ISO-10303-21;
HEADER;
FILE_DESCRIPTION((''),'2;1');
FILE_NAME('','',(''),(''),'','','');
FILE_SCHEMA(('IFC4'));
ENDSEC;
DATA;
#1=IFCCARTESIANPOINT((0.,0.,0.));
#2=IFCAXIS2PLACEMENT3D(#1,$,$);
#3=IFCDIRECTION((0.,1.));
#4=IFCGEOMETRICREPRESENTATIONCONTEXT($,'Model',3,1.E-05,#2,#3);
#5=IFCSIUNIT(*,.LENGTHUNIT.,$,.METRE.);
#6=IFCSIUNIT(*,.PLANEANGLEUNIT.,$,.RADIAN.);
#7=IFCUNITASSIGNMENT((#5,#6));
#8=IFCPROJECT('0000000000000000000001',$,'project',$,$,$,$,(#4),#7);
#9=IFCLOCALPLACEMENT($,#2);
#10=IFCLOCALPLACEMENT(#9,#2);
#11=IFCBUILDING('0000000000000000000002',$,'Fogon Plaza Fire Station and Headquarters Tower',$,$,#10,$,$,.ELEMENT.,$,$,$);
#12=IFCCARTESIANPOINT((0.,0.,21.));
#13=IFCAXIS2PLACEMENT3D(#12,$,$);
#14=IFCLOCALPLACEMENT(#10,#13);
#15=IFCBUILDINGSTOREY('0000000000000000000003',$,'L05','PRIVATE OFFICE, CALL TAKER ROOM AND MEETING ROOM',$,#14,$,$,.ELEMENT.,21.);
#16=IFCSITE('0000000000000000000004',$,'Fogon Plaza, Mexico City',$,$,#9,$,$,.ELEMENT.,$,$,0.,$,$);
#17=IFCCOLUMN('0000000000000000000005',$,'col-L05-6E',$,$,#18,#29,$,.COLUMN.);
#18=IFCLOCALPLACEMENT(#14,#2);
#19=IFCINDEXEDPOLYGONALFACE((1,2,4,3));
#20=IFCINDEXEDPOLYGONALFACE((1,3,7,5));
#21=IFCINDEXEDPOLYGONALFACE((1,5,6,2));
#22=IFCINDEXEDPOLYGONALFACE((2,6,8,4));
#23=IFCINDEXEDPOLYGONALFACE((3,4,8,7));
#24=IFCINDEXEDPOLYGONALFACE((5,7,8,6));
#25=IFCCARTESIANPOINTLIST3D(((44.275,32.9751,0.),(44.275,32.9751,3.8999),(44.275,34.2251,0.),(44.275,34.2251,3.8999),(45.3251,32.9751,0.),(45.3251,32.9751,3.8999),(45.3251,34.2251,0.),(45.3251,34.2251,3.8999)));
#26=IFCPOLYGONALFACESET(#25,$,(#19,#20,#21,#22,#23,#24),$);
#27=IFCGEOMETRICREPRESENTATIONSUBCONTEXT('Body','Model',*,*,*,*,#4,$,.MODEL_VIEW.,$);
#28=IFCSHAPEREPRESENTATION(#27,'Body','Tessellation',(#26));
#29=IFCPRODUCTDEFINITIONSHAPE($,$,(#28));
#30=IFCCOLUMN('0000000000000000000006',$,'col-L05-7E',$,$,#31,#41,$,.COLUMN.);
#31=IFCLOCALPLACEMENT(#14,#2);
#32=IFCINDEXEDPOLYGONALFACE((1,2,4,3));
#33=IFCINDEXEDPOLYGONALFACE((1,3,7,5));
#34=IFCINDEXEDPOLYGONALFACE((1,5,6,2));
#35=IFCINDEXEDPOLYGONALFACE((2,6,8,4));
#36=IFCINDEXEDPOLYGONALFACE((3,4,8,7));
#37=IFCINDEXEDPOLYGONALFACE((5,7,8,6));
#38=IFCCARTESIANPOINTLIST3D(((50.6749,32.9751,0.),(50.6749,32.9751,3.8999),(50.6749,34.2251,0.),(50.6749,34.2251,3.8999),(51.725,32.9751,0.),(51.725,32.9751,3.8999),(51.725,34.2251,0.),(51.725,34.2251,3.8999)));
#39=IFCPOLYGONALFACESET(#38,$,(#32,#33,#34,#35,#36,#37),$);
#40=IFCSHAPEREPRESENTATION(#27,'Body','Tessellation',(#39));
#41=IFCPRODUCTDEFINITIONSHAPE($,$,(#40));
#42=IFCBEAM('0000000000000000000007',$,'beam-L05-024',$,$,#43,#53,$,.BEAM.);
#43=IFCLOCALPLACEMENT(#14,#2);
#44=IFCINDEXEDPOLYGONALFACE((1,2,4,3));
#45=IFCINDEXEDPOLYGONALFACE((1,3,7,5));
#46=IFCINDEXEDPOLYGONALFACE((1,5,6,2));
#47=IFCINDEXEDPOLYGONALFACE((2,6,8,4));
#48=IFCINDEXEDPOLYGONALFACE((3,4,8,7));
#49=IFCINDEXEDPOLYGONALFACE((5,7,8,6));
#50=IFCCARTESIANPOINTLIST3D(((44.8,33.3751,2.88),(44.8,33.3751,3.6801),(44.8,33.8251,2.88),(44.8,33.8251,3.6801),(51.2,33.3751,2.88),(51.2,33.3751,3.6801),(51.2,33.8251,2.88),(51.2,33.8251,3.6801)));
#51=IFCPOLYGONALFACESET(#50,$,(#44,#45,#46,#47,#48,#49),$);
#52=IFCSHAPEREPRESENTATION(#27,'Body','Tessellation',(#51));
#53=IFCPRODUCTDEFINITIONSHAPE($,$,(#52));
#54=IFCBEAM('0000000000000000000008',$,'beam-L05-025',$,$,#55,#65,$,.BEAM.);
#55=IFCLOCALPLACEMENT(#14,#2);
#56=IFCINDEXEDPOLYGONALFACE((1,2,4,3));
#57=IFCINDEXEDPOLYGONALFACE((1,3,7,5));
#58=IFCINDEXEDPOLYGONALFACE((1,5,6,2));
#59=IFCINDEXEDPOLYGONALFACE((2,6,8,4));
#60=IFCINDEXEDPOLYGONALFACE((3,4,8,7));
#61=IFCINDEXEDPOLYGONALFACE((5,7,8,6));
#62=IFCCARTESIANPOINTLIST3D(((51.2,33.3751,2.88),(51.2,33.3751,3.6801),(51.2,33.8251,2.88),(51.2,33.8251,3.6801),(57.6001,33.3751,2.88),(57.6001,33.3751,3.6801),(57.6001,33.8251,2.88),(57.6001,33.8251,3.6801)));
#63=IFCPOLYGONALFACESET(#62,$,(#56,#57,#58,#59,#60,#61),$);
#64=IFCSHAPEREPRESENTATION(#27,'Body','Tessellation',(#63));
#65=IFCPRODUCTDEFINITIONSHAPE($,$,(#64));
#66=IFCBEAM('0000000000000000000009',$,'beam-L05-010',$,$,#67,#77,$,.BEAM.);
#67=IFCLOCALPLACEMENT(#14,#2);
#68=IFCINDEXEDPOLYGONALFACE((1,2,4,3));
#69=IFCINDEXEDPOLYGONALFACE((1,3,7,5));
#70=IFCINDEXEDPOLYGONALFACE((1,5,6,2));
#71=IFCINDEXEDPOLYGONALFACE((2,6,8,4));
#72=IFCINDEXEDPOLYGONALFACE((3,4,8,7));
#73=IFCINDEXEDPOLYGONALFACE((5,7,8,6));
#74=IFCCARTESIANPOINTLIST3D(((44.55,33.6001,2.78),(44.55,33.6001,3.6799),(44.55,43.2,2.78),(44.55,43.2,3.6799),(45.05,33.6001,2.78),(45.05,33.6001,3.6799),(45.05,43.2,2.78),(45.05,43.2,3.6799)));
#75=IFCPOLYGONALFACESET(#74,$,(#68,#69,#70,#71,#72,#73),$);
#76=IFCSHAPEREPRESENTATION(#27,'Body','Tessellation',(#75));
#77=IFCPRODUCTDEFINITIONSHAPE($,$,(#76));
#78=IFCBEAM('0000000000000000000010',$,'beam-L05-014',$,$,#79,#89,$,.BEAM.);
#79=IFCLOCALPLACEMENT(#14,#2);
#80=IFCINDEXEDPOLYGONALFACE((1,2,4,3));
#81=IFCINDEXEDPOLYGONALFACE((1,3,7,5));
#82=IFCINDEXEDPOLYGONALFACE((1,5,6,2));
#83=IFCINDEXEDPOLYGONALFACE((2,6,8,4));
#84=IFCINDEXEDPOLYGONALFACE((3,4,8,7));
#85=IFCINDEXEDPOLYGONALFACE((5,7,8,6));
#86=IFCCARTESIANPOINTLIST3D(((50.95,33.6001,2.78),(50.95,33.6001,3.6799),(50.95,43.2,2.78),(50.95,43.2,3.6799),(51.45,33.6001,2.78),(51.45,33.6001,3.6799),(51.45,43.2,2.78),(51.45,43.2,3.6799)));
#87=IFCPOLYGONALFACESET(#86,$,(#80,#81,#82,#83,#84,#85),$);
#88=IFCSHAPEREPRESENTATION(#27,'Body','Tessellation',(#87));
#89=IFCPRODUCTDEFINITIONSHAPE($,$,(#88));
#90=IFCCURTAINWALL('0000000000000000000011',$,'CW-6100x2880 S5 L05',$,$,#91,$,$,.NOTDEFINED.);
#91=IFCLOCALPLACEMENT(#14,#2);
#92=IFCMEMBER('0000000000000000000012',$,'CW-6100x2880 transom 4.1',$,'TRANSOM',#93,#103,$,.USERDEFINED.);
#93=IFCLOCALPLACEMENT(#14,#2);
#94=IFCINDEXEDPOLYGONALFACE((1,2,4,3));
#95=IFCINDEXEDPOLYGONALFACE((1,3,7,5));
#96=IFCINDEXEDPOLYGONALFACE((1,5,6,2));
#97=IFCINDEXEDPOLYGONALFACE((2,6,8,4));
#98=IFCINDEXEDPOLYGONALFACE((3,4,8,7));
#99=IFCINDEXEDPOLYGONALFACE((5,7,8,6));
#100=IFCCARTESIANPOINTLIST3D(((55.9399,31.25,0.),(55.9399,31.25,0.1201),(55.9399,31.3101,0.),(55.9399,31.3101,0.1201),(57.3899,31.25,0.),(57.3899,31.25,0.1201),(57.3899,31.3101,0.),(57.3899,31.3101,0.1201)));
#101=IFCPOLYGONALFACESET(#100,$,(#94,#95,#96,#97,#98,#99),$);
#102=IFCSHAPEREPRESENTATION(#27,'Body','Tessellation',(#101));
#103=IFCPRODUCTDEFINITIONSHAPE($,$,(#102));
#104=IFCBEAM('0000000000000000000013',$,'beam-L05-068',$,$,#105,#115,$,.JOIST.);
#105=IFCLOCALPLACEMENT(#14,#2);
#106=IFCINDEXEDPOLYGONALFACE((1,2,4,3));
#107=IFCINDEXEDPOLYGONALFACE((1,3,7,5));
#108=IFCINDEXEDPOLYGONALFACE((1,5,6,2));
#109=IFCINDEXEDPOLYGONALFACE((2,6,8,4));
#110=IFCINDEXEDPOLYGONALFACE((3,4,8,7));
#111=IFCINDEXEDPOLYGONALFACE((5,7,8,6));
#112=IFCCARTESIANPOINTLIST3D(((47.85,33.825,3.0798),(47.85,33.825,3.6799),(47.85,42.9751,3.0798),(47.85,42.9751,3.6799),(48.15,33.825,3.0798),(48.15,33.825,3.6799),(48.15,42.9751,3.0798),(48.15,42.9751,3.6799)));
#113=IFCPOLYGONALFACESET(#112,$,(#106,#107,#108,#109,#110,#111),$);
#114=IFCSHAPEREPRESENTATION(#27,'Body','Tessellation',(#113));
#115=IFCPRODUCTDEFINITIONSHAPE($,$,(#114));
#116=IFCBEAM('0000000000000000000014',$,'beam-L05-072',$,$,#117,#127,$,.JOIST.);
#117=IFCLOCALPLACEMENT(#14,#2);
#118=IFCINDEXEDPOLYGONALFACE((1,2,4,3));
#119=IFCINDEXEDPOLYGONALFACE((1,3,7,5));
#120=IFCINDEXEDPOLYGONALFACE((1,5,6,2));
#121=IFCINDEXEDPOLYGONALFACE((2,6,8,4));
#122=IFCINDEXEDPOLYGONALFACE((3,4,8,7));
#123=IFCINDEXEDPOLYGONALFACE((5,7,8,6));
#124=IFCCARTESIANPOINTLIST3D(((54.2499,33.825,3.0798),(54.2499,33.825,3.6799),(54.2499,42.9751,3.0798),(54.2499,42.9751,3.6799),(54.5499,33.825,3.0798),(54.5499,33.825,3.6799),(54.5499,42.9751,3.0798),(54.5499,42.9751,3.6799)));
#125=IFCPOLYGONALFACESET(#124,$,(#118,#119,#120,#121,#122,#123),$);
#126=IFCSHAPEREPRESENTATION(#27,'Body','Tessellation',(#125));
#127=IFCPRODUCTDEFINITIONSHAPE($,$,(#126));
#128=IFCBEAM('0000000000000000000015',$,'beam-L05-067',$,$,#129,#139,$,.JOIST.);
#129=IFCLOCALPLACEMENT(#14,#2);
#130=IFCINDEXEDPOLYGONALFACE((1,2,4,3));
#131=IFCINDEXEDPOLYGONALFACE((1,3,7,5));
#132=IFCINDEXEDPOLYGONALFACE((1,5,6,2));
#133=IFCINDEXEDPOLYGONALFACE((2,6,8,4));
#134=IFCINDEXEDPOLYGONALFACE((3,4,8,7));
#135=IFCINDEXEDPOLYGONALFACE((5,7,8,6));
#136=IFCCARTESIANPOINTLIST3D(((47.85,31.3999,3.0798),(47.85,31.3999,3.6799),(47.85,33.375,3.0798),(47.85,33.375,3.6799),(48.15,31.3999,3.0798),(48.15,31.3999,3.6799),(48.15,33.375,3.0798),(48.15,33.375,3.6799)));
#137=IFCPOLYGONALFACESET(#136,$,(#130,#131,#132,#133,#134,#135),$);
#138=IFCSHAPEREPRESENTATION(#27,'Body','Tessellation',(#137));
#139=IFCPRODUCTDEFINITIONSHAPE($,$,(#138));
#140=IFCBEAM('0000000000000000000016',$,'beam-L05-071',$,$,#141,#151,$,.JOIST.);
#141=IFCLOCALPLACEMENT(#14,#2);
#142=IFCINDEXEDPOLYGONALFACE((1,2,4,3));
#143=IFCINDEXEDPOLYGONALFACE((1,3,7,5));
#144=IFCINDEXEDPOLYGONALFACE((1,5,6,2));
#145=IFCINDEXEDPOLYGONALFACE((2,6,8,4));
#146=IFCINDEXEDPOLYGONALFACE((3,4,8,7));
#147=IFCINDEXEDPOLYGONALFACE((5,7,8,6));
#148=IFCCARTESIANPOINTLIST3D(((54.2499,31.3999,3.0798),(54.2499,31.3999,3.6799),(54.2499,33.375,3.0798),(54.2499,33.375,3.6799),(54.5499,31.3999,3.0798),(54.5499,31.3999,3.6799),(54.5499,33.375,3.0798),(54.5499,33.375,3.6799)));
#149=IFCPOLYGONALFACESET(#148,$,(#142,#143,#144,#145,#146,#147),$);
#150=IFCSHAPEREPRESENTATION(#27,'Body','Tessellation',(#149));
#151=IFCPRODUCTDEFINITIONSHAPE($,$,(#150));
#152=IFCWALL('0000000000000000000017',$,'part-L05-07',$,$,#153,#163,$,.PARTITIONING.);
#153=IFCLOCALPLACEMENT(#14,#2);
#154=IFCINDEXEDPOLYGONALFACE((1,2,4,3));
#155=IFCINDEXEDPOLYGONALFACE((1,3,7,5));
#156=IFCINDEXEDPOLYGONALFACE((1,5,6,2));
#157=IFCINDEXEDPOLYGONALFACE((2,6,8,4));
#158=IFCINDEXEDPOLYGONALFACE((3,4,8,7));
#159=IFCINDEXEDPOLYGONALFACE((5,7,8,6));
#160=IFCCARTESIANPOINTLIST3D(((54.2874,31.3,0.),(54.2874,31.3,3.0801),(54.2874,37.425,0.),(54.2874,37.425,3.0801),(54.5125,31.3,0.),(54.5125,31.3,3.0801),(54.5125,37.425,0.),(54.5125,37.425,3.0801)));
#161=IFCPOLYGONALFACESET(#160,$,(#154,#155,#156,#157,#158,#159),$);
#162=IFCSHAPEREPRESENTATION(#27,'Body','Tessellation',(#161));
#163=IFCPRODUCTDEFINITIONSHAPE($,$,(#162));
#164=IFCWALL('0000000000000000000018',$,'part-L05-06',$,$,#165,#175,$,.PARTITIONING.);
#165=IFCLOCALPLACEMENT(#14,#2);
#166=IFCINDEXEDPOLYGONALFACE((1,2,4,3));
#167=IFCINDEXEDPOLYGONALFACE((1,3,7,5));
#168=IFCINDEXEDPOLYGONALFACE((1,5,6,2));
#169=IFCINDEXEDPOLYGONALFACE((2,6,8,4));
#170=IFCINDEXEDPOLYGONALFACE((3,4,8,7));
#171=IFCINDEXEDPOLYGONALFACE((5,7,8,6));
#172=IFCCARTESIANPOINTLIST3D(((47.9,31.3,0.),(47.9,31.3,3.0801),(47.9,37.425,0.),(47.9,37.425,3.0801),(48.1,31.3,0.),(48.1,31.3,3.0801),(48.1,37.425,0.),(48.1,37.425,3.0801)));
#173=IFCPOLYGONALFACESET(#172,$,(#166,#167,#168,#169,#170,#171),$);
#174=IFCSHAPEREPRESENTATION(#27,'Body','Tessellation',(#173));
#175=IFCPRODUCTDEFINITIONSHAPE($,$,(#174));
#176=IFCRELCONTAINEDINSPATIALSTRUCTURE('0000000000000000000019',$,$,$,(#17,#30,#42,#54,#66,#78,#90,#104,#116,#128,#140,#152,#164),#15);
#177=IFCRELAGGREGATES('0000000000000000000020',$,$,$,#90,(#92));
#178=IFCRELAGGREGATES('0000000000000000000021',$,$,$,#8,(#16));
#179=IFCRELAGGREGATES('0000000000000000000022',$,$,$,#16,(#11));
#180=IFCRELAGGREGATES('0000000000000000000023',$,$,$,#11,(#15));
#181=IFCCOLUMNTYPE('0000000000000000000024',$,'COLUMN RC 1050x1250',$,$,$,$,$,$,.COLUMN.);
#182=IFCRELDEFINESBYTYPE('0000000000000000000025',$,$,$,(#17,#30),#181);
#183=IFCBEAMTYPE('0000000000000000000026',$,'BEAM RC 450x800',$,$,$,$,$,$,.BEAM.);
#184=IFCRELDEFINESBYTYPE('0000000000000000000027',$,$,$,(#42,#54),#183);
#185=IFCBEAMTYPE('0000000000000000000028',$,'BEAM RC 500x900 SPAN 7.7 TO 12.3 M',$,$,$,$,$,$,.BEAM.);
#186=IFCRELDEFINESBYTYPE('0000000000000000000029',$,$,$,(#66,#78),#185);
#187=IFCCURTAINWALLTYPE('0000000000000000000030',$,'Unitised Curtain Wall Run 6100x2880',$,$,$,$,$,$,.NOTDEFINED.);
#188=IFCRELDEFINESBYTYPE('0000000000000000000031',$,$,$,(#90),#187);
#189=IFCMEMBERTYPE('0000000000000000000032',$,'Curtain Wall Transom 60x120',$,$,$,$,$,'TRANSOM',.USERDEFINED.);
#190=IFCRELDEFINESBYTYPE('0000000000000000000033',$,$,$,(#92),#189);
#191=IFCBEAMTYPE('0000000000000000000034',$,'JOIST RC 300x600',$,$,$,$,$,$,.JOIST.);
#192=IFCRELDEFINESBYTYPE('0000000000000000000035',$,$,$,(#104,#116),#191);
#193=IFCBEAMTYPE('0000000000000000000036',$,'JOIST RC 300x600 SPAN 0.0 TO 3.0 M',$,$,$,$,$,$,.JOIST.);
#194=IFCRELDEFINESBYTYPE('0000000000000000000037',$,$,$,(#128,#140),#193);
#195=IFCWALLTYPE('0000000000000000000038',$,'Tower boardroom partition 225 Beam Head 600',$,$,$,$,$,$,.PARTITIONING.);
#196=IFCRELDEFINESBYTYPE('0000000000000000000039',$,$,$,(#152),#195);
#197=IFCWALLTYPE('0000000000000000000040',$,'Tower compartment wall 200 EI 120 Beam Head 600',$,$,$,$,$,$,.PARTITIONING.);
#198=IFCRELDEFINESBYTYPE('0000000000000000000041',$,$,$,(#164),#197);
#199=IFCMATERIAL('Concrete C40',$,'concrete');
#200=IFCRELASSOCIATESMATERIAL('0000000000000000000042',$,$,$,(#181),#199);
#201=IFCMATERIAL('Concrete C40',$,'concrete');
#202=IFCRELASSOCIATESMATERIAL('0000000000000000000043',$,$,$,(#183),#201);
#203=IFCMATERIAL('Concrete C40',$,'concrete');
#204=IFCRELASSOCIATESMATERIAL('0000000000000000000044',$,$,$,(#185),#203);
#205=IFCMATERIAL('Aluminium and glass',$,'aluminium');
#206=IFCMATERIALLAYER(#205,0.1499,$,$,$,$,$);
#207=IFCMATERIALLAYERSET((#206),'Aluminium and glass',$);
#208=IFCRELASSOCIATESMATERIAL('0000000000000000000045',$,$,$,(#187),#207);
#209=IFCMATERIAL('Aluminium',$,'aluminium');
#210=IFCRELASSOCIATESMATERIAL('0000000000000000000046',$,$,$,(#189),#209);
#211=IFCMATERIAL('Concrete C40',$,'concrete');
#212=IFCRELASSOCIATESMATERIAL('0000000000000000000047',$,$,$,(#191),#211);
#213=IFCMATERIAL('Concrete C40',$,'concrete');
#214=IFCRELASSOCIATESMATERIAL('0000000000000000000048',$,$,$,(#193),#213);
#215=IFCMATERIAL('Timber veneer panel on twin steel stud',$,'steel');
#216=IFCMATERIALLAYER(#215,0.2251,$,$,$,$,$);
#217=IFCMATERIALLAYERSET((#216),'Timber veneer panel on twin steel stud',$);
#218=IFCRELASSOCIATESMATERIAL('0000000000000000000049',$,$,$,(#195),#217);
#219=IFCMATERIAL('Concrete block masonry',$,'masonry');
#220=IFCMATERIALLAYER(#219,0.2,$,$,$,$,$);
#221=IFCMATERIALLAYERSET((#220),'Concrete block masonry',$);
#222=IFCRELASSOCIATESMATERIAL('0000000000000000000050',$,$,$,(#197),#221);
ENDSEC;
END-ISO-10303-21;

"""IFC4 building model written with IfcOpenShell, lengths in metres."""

from ifc_helpers import new_model, si_unit, direction, frame, frame_2d, origin, origin_2d, place, context, subcontext, project, spatial, rectangle, extrude, material, layer, layer_set, material_profile, profile_set, type_object, element, aggregate, save


model = new_model("IFC4")

# Units and contexts
model_context = context("Model", 3, precision=1e-05, world=origin(), true_north=direction((0.0, 1.0)))
body_context = subcontext(model_context, "Body", "Model", "MODEL_VIEW")
ifc_project = project(units=[si_unit("LENGTHUNIT", "METRE"), si_unit("PLANEANGLEUNIT", "RADIAN")], contexts=[model_context])

# Site, building, storey
site_placement = place(None, origin())
site = spatial("IfcSite", under=ifc_project, at=site_placement, Name="Fogon Plaza, Mexico City", CompositionType="ELEMENT", RefElevation=0.0)
building_placement = place(site_placement, origin())
building = spatial("IfcBuilding", under=site, at=building_placement, Name="Fogon Plaza Fire Station and Headquarters Tower", CompositionType="ELEMENT")
storey_placement = place(building_placement, frame((0.0, 0.0, 21.0)))
storey = spatial("IfcBuildingStorey", under=building, at=storey_placement, Name="L05", Description="PRIVATE OFFICE, CALL TAKER ROOM AND MEETING ROOM", CompositionType="ELEMENT", Elevation=21.0)

# Columns
ifc_material_1 = material(Name="Concrete C40", Category="concrete")
ifc_material_profile_1 = material_profile(ifc_material_1, rectangle(XDim=1.05, YDim=1.25, at=origin_2d()), Name="RC 1050x1250")
ifc_profile_set_1 = profile_set([ifc_material_profile_1], Name="Concrete C40")
column_type = type_object("IfcColumnType", Name="COLUMN RC 1050x1250", PredefinedType="COLUMN", material=ifc_profile_set_1)
for number, where, z_axis, x_axis, name in (
    (1, (44.8, 33.6001, 0.0), (0.0, 0.0, 1.0), (1.0, 0.0, 0.0), "col-L05-6E"),
    (2, (51.2, 33.6001, 0.0), (0.0, 0.0, 1.0), (1.0, 0.0, 0.0), "col-L05-7E"),
):
    element("IfcColumn", number, at=place(storey_placement, frame(where, z_axis=z_axis, x_axis=x_axis)), inside=storey, type_object=column_type, Name=name, PredefinedType="COLUMN", context=body_context, shape_type="SweptSolid", body=[
        extrude(rectangle(XDim=1.05, YDim=1.25, at=origin_2d()), origin(), (0.0, 0.0, 1.0), 3.8999),
    ])

# Beams
ifc_material_2 = material(Name="Concrete C40", Category="concrete")
ifc_material_profile_2 = material_profile(ifc_material_2, rectangle(XDim=0.45, YDim=0.8, at=origin_2d()), Name="RC 450x800")
ifc_profile_set_2 = profile_set([ifc_material_profile_2], Name="Concrete C40")
beam_type_1 = type_object("IfcBeamType", Name="BEAM RC 450x800", PredefinedType="BEAM", material=ifc_profile_set_2)
beam_1_placement = place(storey_placement, frame((44.8, 33.6001, 3.28), z_axis=(1.0, 0.0, 0.0), x_axis=(0.0, 1.0, 0.0)))
element("IfcBeam", 3, at=beam_1_placement, inside=storey, type_object=beam_type_1, Name="beam-L05-024", PredefinedType="BEAM", context=body_context, shape_type="SweptSolid", body=[
    extrude(rectangle(XDim=0.45, YDim=0.8, at=origin_2d()), origin(), (0.0, 0.0, 1.0), 6.3999),
])
beam_2_placement = place(storey_placement, frame((51.2, 33.6001, 3.28), z_axis=(1.0, 0.0, 0.0), x_axis=(0.0, 1.0, 0.0)))
element("IfcBeam", 4, at=beam_2_placement, inside=storey, type_object=beam_type_1, Name="beam-L05-025", PredefinedType="BEAM", context=body_context, shape_type="SweptSolid", body=[
    extrude(rectangle(XDim=0.45, YDim=0.8, at=origin_2d()), origin(), (0.0, 0.0, 1.0), 6.4001),
])
ifc_material_3 = material(Name="Concrete C40", Category="concrete")
ifc_material_profile_3 = material_profile(ifc_material_3, rectangle(XDim=0.5, YDim=0.8999, at=origin_2d()), Name="RC 500x900")
ifc_profile_set_3 = profile_set([ifc_material_profile_3], Name="Concrete C40")
beam_type_2 = type_object("IfcBeamType", Name="BEAM RC 500x900 SPAN 7.7 TO 12.3 M", PredefinedType="BEAM", material=ifc_profile_set_3)
for number, where, z_axis, x_axis, name in (
    (5, (44.8, 33.6001, 3.23), (0.0, 1.0, 0.0), (-1.0, 0.0, 0.0), "beam-L05-010"),
    (6, (51.2, 33.6001, 3.23), (0.0, 1.0, 0.0), (-1.0, 0.0, 0.0), "beam-L05-014"),
):
    element("IfcBeam", number, at=place(storey_placement, frame(where, z_axis=z_axis, x_axis=x_axis)), inside=storey, type_object=beam_type_2, Name=name, PredefinedType="BEAM", context=body_context, shape_type="SweptSolid", body=[
        extrude(rectangle(XDim=0.5, YDim=0.8999, at=origin_2d()), origin(), (0.0, 0.0, 1.0), 9.5999),
    ])

# Curtain wall, member
ifc_material_4 = material(Name="Aluminium and glass", Category="aluminium")
ifc_layer_1 = layer(ifc_material_4, 0.1499)
ifc_layer_set_1 = layer_set([ifc_layer_1], Name="Aluminium and glass")
curtain_wall_type = type_object("IfcCurtainWallType", Name="Unitised Curtain Wall Run 6100x2880", PredefinedType="NOTDEFINED", material=ifc_layer_set_1)
curtain_wall_placement = place(storey_placement, origin())
curtain_wall = element("IfcCurtainWall", 7, at=curtain_wall_placement, inside=storey, type_object=curtain_wall_type, Name="CW-6100x2880 S5 L05", PredefinedType="NOTDEFINED")
ifc_material_5 = material(Name="Aluminium", Category="aluminium")
ifc_material_profile_4 = material_profile(ifc_material_5, rectangle(XDim=0.0601, YDim=0.1201, at=origin_2d()), Name="Curtain Wall Transom 60x120")
ifc_profile_set_4 = profile_set([ifc_material_profile_4], Name="Aluminium")
member_type = type_object("IfcMemberType", Name="Curtain Wall Transom 60x120", ElementType="TRANSOM", PredefinedType="USERDEFINED", material=ifc_profile_set_4)
member_placement = place(storey_placement, frame((55.9399, 31.28, 0.0601), z_axis=(1.0, 0.0, 0.0), x_axis=(0.0, 1.0, 0.0)))
member = element("IfcMember", 8, at=member_placement, type_object=member_type, Name="CW-6100x2880 transom 4.1", ObjectType="TRANSOM", PredefinedType="USERDEFINED", context=body_context, shape_type="SweptSolid", body=[
    extrude(rectangle(XDim=0.0601, YDim=0.1201, at=origin_2d()), origin(), (0.0, 0.0, 1.0), 1.45),
])
aggregate(curtain_wall, [member])

# Beams
ifc_material_6 = material(Name="Concrete C40", Category="concrete")
ifc_material_profile_5 = material_profile(ifc_material_6, rectangle(XDim=0.3, YDim=0.6001, at=origin_2d()), Name="RC 300x600")
ifc_profile_set_5 = profile_set([ifc_material_profile_5], Name="Concrete C40")
beam_type_3 = type_object("IfcBeamType", Name="JOIST RC 300x600", PredefinedType="JOIST", material=ifc_profile_set_5)
for number, where, z_axis, x_axis, name in (
    (9, (48.0, 33.825, 3.3799), (0.0, 1.0, 0.0), (-1.0, 0.0, 0.0), "beam-L05-068"),
    (10, (54.3999, 33.825, 3.3799), (0.0, 1.0, 0.0), (-1.0, 0.0, 0.0), "beam-L05-072"),
):
    element("IfcBeam", number, at=place(storey_placement, frame(where, z_axis=z_axis, x_axis=x_axis)), inside=storey, type_object=beam_type_3, Name=name, PredefinedType="JOIST", context=body_context, shape_type="SweptSolid", body=[
        extrude(rectangle(XDim=0.3, YDim=0.6001, at=origin_2d()), origin(), (0.0, 0.0, 1.0), 9.1501),
    ])
ifc_material_7 = material(Name="Concrete C40", Category="concrete")
ifc_material_profile_6 = material_profile(ifc_material_7, rectangle(XDim=0.3, YDim=0.6001, at=origin_2d()), Name="RC 300x600")
ifc_profile_set_6 = profile_set([ifc_material_profile_6], Name="Concrete C40")
beam_type_4 = type_object("IfcBeamType", Name="JOIST RC 300x600 SPAN 0.0 TO 3.0 M", PredefinedType="JOIST", material=ifc_profile_set_6)
for number, where, z_axis, x_axis, name in (
    (11, (48.0, 31.3999, 3.3799), (0.0, 1.0, 0.0), (-1.0, 0.0, 0.0), "beam-L05-067"),
    (12, (54.3999, 31.3999, 3.3799), (0.0, 1.0, 0.0), (-1.0, 0.0, 0.0), "beam-L05-071"),
):
    element("IfcBeam", number, at=place(storey_placement, frame(where, z_axis=z_axis, x_axis=x_axis)), inside=storey, type_object=beam_type_4, Name=name, PredefinedType="JOIST", context=body_context, shape_type="SweptSolid", body=[
        extrude(rectangle(XDim=0.3, YDim=0.6001, at=origin_2d()), origin(), (0.0, 0.0, 1.0), 1.9751),
    ])

# Walls
ifc_material_8 = material(Name="Timber veneer panel on twin steel stud", Category="steel")
ifc_layer_2 = layer(ifc_material_8, 0.2251)
ifc_layer_set_2 = layer_set([ifc_layer_2], Name="Timber veneer panel on twin steel stud")
wall_type_1 = type_object("IfcWallType", Name="Tower boardroom partition 225 Beam Head 600", PredefinedType="PARTITIONING", material=ifc_layer_set_2)
wall_1_placement = place(storey_placement, frame((54.3999, 31.3, 0.0), z_axis=(0.0, 0.0, 1.0), x_axis=(0.0, 1.0, 0.0)))
element("IfcWall", 13, at=wall_1_placement, inside=storey, type_object=wall_type_1, Name="part-L05-07", PredefinedType="PARTITIONING", context=body_context, shape_type="SweptSolid", body=[
    extrude(rectangle(XDim=6.125, YDim=0.2251, at=frame_2d((3.0625, 0.0))), origin(), (0.0, 0.0, 1.0), 3.0801),
])
ifc_material_9 = material(Name="Concrete block masonry", Category="masonry")
ifc_layer_3 = layer(ifc_material_9, 0.2)
ifc_layer_set_3 = layer_set([ifc_layer_3], Name="Concrete block masonry")
wall_type_2 = type_object("IfcWallType", Name="Tower compartment wall 200 EI 120 Beam Head 600", PredefinedType="PARTITIONING", material=ifc_layer_set_3)
wall_2_placement = place(storey_placement, frame((48.0, 31.3, 0.0), z_axis=(0.0, 0.0, 1.0), x_axis=(0.0, 1.0, 0.0)))
element("IfcWall", 14, at=wall_2_placement, inside=storey, type_object=wall_type_2, Name="part-L05-06", PredefinedType="PARTITIONING", context=body_context, shape_type="SweptSolid", body=[
    extrude(rectangle(XDim=6.125, YDim=0.2, at=frame_2d((3.0625, 0.0))), origin(), (0.0, 0.0, 1.0), 3.0801),
])

save(model, "model.ifc")
